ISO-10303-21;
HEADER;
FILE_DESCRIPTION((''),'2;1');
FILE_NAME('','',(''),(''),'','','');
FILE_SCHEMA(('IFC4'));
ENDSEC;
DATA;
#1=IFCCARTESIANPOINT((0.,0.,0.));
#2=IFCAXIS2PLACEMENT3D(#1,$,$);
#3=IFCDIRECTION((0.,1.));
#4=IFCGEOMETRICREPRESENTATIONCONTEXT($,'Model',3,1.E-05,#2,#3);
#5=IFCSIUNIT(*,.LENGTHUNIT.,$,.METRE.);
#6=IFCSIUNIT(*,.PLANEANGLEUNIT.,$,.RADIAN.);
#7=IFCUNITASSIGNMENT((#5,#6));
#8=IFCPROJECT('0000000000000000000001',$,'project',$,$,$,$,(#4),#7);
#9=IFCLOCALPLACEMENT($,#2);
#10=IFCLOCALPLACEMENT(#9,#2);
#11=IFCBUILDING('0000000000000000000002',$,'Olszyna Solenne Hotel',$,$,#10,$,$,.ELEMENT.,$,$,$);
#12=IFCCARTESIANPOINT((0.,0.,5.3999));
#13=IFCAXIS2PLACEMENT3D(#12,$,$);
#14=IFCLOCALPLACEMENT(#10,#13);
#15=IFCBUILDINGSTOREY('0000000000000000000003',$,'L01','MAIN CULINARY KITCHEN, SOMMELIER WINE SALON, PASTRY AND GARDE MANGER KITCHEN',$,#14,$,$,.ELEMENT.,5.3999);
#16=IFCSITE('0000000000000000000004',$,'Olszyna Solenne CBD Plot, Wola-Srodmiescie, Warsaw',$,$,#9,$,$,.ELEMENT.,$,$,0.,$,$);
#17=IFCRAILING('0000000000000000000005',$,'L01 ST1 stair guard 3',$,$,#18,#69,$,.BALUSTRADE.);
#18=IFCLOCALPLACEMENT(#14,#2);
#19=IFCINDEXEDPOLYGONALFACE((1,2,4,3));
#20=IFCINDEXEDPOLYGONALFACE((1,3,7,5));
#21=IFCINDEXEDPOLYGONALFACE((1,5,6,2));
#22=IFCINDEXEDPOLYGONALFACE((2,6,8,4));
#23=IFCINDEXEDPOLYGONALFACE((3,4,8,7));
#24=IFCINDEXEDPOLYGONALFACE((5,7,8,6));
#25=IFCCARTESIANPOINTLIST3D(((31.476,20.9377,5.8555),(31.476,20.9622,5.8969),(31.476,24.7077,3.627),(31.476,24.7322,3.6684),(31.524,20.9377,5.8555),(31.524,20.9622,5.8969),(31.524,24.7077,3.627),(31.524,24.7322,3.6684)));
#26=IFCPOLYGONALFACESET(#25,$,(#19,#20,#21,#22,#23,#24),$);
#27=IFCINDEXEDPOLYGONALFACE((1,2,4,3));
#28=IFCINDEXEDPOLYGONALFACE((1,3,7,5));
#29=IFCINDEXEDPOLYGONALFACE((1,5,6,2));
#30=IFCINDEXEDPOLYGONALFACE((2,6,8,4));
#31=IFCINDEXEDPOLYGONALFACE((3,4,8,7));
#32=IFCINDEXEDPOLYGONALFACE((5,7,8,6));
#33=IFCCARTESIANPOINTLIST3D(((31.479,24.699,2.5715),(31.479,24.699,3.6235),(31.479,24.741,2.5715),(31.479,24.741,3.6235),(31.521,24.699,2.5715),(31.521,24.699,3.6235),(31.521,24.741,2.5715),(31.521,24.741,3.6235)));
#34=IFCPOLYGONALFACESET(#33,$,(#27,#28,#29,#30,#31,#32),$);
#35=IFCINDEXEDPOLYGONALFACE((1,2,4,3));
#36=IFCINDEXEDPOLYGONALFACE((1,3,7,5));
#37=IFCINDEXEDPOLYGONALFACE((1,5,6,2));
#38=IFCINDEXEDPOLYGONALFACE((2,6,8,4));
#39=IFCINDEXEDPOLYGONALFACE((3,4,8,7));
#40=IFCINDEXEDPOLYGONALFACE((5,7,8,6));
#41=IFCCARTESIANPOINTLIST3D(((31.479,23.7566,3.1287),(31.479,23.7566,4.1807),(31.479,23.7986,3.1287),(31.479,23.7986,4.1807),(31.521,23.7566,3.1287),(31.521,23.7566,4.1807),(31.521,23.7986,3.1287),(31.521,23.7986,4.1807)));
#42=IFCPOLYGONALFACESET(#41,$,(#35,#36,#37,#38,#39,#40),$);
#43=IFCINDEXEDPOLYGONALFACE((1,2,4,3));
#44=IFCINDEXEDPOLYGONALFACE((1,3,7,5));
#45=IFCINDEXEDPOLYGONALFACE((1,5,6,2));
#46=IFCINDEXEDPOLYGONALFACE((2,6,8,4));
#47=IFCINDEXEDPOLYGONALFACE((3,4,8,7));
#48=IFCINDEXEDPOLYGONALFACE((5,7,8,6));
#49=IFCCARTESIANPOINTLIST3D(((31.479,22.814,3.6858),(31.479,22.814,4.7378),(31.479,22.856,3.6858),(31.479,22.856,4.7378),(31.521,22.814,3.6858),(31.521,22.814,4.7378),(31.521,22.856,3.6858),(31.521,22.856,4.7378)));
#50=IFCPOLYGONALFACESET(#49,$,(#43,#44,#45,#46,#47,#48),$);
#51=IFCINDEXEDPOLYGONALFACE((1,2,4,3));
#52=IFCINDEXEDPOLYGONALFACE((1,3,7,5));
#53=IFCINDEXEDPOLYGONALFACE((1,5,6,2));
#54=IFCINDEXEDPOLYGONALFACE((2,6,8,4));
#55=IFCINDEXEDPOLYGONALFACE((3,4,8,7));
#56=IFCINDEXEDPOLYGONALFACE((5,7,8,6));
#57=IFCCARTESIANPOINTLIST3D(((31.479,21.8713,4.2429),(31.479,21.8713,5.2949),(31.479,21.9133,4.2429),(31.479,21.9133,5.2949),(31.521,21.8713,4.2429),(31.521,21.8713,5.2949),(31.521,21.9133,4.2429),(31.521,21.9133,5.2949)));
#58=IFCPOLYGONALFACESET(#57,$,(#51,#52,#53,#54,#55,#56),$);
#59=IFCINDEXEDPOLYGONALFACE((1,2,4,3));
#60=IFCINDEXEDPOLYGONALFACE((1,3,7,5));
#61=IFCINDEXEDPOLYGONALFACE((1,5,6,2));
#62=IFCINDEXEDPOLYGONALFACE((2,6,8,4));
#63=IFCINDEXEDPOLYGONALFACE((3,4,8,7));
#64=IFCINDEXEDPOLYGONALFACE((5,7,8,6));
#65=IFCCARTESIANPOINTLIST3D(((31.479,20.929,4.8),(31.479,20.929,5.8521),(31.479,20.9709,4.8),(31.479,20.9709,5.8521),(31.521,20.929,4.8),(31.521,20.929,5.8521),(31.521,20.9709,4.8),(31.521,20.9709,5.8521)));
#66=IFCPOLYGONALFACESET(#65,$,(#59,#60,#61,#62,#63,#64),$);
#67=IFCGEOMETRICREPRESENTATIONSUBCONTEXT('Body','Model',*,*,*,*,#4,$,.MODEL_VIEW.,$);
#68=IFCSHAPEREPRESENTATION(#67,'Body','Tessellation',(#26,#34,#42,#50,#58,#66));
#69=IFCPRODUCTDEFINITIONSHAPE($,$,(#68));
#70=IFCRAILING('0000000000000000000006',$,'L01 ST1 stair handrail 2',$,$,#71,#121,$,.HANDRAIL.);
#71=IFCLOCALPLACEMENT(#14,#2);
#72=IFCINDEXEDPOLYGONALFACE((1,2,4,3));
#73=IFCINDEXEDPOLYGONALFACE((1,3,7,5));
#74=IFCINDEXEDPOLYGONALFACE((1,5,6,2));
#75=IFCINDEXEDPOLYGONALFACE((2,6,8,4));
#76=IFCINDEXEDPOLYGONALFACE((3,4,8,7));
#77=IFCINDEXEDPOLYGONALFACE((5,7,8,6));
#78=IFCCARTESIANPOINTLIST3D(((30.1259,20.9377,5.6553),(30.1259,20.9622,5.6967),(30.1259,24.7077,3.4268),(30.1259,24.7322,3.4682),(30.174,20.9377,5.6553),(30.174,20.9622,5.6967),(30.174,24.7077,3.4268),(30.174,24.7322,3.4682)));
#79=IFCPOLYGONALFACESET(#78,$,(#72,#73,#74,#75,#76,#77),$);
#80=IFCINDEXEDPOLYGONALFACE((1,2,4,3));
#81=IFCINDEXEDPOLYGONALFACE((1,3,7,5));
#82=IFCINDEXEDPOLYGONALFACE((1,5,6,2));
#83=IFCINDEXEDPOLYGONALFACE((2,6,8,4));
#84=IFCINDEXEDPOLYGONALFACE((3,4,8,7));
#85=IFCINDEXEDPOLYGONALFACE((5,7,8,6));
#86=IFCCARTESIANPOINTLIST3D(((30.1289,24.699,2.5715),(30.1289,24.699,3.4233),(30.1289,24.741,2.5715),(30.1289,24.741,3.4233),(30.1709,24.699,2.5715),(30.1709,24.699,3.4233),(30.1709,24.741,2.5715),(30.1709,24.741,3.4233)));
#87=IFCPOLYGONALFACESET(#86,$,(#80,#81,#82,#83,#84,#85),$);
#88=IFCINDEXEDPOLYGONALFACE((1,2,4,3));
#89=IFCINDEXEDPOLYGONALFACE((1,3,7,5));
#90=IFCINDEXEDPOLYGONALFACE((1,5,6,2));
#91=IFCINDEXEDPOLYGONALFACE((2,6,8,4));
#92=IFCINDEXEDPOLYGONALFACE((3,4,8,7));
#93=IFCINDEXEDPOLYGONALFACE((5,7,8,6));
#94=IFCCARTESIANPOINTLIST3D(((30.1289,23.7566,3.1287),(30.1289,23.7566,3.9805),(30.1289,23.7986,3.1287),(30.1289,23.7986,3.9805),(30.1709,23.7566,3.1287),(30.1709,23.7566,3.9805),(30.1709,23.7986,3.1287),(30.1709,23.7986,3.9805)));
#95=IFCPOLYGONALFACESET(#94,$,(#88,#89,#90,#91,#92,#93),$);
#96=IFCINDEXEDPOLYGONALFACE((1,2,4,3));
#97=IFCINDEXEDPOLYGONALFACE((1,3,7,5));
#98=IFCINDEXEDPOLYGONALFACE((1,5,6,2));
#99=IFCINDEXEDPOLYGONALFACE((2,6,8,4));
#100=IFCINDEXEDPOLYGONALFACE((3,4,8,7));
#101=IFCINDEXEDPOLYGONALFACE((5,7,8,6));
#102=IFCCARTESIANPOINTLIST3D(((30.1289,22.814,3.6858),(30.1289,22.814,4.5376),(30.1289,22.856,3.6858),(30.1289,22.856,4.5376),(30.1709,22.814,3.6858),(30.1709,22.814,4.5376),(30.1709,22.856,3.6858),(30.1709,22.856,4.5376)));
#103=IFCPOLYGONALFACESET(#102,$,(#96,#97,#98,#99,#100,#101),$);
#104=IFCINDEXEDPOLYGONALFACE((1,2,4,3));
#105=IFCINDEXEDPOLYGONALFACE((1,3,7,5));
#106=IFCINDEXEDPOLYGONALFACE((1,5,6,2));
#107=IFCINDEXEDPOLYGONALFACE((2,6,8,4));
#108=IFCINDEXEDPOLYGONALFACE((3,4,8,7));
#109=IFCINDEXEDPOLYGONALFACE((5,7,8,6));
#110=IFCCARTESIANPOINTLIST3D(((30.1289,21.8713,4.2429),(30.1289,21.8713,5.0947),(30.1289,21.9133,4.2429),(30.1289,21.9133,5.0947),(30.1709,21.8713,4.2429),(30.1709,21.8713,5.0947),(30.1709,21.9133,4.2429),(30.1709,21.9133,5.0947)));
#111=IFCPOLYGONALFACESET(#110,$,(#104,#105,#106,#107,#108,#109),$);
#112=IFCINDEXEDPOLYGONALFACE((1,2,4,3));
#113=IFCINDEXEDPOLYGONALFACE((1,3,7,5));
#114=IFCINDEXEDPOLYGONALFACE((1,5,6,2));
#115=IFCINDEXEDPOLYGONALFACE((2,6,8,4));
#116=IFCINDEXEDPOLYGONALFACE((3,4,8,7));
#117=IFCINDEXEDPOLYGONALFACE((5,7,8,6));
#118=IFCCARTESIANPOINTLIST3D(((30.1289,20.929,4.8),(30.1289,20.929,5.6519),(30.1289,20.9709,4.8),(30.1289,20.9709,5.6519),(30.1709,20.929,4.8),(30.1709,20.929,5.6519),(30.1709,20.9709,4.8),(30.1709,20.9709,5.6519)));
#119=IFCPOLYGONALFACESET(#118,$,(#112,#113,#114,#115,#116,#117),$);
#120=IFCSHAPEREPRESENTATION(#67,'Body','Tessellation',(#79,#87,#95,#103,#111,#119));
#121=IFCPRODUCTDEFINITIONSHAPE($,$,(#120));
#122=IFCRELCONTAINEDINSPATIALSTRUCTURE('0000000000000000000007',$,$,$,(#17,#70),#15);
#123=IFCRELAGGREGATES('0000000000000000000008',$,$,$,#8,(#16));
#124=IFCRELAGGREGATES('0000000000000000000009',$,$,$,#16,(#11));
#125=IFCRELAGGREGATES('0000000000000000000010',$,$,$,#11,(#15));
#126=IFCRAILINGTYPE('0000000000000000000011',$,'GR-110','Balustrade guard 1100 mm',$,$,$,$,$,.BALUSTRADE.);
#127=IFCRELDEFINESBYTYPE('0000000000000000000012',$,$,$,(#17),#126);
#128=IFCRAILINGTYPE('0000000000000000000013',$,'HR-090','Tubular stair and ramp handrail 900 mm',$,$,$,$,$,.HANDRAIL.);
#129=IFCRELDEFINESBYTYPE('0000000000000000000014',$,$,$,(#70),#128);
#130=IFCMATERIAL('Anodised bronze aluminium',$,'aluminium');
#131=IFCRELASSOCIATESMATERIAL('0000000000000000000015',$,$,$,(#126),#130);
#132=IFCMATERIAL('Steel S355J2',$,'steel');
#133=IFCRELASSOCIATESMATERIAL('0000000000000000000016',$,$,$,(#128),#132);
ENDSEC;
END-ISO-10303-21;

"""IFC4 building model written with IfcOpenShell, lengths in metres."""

from ifc_helpers import new_model, si_unit, direction, frame, origin, origin_2d, place, context, subcontext, project, spatial, rectangle, extrude, material, type_object, element, save


model = new_model("IFC4")

# Units and contexts
model_context = context("Model", 3, precision=1e-05, world=origin(), true_north=direction((0.0, 1.0)))
body_context = subcontext(model_context, "Body", "Model", "MODEL_VIEW")
ifc_project = project(units=[si_unit("LENGTHUNIT", "METRE"), si_unit("PLANEANGLEUNIT", "RADIAN")], contexts=[model_context])

# Site, building, storey
site_placement = place(None, origin())
site = spatial("IfcSite", under=ifc_project, at=site_placement, Name="Olszyna Solenne CBD Plot, Wola-Srodmiescie, Warsaw", CompositionType="ELEMENT", RefElevation=0.0)
building_placement = place(site_placement, origin())
building = spatial("IfcBuilding", under=site, at=building_placement, Name="Olszyna Solenne Hotel", CompositionType="ELEMENT")
storey_placement = place(building_placement, frame((0.0, 0.0, 5.3999)))
storey = spatial("IfcBuildingStorey", under=building, at=storey_placement, Name="L01", Description="MAIN CULINARY KITCHEN, SOMMELIER WINE SALON, PASTRY AND GARDE MANGER KITCHEN", CompositionType="ELEMENT", Elevation=5.3999)

# Shared definitions
ifc_material_1 = material(Name="Steel S355J2", Category="steel")

# Railings
ifc_material_2 = material(Name="Anodised bronze aluminium", Category="aluminium")
railing_type_1 = type_object("IfcRailingType", Name="GR-110", Description="Balustrade guard 1100 mm", PredefinedType="BALUSTRADE", material=ifc_material_2)
railing_1_placement = place(storey_placement, frame((31.5, 24.72, 2.5715)))
element("IfcRailing", 1, at=railing_1_placement, inside=storey, type_object=railing_type_1, Name="L01 ST1 stair guard 3", PredefinedType="BALUSTRADE", context=body_context, shape_type="SweptSolid", body=[
    extrude(rectangle(XDim=0.0481, YDim=0.0481, at=origin_2d()), frame((0.0, 0.0, 1.0762), z_axis=(0.0, -0.860849, 0.508861), x_axis=(1.0, 0.0, 0.0)), (0.0, 0.0, 1.0), 4.3794),
    extrude(rectangle(XDim=0.042, YDim=0.042, at=origin_2d()), origin(), (0.0, 0.0, 1.0), 1.052),
    extrude(rectangle(XDim=0.042, YDim=0.042, at=origin_2d()), frame((0.0, -0.9424, 0.5571)), (0.0, 0.0, 1.0), 1.052),
    extrude(rectangle(XDim=0.042, YDim=0.042, at=origin_2d()), frame((0.0, -1.885, 1.1143)), (0.0, 0.0, 1.0), 1.052),
    extrude(rectangle(XDim=0.042, YDim=0.042, at=origin_2d()), frame((0.0, -2.8276, 1.6714)), (0.0, 0.0, 1.0), 1.052),
    extrude(rectangle(XDim=0.042, YDim=0.042, at=origin_2d()), frame((0.0, -3.77, 2.2285)), (0.0, 0.0, 1.0), 1.052),
])
railing_type_2 = type_object("IfcRailingType", Name="HR-090", Description="Tubular stair and ramp handrail 900 mm", PredefinedType="HANDRAIL", material=ifc_material_1)
railing_2_placement = place(storey_placement, frame((30.1499, 24.72, 2.5715)))
element("IfcRailing", 2, at=railing_2_placement, inside=storey, type_object=railing_type_2, Name="L01 ST1 stair handrail 2", PredefinedType="HANDRAIL", context=body_context, shape_type="SweptSolid", body=[
    extrude(rectangle(XDim=0.0481, YDim=0.0481, at=origin_2d()), frame((0.0, 0.0, 0.876), z_axis=(0.0, -0.860849, 0.508861), x_axis=(1.0, 0.0, 0.0)), (0.0, 0.0, 1.0), 4.3794),
    extrude(rectangle(XDim=0.042, YDim=0.042, at=origin_2d()), origin(), (0.0, 0.0, 1.0), 0.8518),
    extrude(rectangle(XDim=0.042, YDim=0.042, at=origin_2d()), frame((0.0, -0.9424, 0.5571)), (0.0, 0.0, 1.0), 0.8518),
    extrude(rectangle(XDim=0.042, YDim=0.042, at=origin_2d()), frame((0.0, -1.885, 1.1143)), (0.0, 0.0, 1.0), 0.8518),
    extrude(rectangle(XDim=0.042, YDim=0.042, at=origin_2d()), frame((0.0, -2.8276, 1.6714)), (0.0, 0.0, 1.0), 0.8518),
    extrude(rectangle(XDim=0.042, YDim=0.042, at=origin_2d()), frame((0.0, -3.77, 2.2285)), (0.0, 0.0, 1.0), 0.8518),
])

save(model, "model.ifc")
